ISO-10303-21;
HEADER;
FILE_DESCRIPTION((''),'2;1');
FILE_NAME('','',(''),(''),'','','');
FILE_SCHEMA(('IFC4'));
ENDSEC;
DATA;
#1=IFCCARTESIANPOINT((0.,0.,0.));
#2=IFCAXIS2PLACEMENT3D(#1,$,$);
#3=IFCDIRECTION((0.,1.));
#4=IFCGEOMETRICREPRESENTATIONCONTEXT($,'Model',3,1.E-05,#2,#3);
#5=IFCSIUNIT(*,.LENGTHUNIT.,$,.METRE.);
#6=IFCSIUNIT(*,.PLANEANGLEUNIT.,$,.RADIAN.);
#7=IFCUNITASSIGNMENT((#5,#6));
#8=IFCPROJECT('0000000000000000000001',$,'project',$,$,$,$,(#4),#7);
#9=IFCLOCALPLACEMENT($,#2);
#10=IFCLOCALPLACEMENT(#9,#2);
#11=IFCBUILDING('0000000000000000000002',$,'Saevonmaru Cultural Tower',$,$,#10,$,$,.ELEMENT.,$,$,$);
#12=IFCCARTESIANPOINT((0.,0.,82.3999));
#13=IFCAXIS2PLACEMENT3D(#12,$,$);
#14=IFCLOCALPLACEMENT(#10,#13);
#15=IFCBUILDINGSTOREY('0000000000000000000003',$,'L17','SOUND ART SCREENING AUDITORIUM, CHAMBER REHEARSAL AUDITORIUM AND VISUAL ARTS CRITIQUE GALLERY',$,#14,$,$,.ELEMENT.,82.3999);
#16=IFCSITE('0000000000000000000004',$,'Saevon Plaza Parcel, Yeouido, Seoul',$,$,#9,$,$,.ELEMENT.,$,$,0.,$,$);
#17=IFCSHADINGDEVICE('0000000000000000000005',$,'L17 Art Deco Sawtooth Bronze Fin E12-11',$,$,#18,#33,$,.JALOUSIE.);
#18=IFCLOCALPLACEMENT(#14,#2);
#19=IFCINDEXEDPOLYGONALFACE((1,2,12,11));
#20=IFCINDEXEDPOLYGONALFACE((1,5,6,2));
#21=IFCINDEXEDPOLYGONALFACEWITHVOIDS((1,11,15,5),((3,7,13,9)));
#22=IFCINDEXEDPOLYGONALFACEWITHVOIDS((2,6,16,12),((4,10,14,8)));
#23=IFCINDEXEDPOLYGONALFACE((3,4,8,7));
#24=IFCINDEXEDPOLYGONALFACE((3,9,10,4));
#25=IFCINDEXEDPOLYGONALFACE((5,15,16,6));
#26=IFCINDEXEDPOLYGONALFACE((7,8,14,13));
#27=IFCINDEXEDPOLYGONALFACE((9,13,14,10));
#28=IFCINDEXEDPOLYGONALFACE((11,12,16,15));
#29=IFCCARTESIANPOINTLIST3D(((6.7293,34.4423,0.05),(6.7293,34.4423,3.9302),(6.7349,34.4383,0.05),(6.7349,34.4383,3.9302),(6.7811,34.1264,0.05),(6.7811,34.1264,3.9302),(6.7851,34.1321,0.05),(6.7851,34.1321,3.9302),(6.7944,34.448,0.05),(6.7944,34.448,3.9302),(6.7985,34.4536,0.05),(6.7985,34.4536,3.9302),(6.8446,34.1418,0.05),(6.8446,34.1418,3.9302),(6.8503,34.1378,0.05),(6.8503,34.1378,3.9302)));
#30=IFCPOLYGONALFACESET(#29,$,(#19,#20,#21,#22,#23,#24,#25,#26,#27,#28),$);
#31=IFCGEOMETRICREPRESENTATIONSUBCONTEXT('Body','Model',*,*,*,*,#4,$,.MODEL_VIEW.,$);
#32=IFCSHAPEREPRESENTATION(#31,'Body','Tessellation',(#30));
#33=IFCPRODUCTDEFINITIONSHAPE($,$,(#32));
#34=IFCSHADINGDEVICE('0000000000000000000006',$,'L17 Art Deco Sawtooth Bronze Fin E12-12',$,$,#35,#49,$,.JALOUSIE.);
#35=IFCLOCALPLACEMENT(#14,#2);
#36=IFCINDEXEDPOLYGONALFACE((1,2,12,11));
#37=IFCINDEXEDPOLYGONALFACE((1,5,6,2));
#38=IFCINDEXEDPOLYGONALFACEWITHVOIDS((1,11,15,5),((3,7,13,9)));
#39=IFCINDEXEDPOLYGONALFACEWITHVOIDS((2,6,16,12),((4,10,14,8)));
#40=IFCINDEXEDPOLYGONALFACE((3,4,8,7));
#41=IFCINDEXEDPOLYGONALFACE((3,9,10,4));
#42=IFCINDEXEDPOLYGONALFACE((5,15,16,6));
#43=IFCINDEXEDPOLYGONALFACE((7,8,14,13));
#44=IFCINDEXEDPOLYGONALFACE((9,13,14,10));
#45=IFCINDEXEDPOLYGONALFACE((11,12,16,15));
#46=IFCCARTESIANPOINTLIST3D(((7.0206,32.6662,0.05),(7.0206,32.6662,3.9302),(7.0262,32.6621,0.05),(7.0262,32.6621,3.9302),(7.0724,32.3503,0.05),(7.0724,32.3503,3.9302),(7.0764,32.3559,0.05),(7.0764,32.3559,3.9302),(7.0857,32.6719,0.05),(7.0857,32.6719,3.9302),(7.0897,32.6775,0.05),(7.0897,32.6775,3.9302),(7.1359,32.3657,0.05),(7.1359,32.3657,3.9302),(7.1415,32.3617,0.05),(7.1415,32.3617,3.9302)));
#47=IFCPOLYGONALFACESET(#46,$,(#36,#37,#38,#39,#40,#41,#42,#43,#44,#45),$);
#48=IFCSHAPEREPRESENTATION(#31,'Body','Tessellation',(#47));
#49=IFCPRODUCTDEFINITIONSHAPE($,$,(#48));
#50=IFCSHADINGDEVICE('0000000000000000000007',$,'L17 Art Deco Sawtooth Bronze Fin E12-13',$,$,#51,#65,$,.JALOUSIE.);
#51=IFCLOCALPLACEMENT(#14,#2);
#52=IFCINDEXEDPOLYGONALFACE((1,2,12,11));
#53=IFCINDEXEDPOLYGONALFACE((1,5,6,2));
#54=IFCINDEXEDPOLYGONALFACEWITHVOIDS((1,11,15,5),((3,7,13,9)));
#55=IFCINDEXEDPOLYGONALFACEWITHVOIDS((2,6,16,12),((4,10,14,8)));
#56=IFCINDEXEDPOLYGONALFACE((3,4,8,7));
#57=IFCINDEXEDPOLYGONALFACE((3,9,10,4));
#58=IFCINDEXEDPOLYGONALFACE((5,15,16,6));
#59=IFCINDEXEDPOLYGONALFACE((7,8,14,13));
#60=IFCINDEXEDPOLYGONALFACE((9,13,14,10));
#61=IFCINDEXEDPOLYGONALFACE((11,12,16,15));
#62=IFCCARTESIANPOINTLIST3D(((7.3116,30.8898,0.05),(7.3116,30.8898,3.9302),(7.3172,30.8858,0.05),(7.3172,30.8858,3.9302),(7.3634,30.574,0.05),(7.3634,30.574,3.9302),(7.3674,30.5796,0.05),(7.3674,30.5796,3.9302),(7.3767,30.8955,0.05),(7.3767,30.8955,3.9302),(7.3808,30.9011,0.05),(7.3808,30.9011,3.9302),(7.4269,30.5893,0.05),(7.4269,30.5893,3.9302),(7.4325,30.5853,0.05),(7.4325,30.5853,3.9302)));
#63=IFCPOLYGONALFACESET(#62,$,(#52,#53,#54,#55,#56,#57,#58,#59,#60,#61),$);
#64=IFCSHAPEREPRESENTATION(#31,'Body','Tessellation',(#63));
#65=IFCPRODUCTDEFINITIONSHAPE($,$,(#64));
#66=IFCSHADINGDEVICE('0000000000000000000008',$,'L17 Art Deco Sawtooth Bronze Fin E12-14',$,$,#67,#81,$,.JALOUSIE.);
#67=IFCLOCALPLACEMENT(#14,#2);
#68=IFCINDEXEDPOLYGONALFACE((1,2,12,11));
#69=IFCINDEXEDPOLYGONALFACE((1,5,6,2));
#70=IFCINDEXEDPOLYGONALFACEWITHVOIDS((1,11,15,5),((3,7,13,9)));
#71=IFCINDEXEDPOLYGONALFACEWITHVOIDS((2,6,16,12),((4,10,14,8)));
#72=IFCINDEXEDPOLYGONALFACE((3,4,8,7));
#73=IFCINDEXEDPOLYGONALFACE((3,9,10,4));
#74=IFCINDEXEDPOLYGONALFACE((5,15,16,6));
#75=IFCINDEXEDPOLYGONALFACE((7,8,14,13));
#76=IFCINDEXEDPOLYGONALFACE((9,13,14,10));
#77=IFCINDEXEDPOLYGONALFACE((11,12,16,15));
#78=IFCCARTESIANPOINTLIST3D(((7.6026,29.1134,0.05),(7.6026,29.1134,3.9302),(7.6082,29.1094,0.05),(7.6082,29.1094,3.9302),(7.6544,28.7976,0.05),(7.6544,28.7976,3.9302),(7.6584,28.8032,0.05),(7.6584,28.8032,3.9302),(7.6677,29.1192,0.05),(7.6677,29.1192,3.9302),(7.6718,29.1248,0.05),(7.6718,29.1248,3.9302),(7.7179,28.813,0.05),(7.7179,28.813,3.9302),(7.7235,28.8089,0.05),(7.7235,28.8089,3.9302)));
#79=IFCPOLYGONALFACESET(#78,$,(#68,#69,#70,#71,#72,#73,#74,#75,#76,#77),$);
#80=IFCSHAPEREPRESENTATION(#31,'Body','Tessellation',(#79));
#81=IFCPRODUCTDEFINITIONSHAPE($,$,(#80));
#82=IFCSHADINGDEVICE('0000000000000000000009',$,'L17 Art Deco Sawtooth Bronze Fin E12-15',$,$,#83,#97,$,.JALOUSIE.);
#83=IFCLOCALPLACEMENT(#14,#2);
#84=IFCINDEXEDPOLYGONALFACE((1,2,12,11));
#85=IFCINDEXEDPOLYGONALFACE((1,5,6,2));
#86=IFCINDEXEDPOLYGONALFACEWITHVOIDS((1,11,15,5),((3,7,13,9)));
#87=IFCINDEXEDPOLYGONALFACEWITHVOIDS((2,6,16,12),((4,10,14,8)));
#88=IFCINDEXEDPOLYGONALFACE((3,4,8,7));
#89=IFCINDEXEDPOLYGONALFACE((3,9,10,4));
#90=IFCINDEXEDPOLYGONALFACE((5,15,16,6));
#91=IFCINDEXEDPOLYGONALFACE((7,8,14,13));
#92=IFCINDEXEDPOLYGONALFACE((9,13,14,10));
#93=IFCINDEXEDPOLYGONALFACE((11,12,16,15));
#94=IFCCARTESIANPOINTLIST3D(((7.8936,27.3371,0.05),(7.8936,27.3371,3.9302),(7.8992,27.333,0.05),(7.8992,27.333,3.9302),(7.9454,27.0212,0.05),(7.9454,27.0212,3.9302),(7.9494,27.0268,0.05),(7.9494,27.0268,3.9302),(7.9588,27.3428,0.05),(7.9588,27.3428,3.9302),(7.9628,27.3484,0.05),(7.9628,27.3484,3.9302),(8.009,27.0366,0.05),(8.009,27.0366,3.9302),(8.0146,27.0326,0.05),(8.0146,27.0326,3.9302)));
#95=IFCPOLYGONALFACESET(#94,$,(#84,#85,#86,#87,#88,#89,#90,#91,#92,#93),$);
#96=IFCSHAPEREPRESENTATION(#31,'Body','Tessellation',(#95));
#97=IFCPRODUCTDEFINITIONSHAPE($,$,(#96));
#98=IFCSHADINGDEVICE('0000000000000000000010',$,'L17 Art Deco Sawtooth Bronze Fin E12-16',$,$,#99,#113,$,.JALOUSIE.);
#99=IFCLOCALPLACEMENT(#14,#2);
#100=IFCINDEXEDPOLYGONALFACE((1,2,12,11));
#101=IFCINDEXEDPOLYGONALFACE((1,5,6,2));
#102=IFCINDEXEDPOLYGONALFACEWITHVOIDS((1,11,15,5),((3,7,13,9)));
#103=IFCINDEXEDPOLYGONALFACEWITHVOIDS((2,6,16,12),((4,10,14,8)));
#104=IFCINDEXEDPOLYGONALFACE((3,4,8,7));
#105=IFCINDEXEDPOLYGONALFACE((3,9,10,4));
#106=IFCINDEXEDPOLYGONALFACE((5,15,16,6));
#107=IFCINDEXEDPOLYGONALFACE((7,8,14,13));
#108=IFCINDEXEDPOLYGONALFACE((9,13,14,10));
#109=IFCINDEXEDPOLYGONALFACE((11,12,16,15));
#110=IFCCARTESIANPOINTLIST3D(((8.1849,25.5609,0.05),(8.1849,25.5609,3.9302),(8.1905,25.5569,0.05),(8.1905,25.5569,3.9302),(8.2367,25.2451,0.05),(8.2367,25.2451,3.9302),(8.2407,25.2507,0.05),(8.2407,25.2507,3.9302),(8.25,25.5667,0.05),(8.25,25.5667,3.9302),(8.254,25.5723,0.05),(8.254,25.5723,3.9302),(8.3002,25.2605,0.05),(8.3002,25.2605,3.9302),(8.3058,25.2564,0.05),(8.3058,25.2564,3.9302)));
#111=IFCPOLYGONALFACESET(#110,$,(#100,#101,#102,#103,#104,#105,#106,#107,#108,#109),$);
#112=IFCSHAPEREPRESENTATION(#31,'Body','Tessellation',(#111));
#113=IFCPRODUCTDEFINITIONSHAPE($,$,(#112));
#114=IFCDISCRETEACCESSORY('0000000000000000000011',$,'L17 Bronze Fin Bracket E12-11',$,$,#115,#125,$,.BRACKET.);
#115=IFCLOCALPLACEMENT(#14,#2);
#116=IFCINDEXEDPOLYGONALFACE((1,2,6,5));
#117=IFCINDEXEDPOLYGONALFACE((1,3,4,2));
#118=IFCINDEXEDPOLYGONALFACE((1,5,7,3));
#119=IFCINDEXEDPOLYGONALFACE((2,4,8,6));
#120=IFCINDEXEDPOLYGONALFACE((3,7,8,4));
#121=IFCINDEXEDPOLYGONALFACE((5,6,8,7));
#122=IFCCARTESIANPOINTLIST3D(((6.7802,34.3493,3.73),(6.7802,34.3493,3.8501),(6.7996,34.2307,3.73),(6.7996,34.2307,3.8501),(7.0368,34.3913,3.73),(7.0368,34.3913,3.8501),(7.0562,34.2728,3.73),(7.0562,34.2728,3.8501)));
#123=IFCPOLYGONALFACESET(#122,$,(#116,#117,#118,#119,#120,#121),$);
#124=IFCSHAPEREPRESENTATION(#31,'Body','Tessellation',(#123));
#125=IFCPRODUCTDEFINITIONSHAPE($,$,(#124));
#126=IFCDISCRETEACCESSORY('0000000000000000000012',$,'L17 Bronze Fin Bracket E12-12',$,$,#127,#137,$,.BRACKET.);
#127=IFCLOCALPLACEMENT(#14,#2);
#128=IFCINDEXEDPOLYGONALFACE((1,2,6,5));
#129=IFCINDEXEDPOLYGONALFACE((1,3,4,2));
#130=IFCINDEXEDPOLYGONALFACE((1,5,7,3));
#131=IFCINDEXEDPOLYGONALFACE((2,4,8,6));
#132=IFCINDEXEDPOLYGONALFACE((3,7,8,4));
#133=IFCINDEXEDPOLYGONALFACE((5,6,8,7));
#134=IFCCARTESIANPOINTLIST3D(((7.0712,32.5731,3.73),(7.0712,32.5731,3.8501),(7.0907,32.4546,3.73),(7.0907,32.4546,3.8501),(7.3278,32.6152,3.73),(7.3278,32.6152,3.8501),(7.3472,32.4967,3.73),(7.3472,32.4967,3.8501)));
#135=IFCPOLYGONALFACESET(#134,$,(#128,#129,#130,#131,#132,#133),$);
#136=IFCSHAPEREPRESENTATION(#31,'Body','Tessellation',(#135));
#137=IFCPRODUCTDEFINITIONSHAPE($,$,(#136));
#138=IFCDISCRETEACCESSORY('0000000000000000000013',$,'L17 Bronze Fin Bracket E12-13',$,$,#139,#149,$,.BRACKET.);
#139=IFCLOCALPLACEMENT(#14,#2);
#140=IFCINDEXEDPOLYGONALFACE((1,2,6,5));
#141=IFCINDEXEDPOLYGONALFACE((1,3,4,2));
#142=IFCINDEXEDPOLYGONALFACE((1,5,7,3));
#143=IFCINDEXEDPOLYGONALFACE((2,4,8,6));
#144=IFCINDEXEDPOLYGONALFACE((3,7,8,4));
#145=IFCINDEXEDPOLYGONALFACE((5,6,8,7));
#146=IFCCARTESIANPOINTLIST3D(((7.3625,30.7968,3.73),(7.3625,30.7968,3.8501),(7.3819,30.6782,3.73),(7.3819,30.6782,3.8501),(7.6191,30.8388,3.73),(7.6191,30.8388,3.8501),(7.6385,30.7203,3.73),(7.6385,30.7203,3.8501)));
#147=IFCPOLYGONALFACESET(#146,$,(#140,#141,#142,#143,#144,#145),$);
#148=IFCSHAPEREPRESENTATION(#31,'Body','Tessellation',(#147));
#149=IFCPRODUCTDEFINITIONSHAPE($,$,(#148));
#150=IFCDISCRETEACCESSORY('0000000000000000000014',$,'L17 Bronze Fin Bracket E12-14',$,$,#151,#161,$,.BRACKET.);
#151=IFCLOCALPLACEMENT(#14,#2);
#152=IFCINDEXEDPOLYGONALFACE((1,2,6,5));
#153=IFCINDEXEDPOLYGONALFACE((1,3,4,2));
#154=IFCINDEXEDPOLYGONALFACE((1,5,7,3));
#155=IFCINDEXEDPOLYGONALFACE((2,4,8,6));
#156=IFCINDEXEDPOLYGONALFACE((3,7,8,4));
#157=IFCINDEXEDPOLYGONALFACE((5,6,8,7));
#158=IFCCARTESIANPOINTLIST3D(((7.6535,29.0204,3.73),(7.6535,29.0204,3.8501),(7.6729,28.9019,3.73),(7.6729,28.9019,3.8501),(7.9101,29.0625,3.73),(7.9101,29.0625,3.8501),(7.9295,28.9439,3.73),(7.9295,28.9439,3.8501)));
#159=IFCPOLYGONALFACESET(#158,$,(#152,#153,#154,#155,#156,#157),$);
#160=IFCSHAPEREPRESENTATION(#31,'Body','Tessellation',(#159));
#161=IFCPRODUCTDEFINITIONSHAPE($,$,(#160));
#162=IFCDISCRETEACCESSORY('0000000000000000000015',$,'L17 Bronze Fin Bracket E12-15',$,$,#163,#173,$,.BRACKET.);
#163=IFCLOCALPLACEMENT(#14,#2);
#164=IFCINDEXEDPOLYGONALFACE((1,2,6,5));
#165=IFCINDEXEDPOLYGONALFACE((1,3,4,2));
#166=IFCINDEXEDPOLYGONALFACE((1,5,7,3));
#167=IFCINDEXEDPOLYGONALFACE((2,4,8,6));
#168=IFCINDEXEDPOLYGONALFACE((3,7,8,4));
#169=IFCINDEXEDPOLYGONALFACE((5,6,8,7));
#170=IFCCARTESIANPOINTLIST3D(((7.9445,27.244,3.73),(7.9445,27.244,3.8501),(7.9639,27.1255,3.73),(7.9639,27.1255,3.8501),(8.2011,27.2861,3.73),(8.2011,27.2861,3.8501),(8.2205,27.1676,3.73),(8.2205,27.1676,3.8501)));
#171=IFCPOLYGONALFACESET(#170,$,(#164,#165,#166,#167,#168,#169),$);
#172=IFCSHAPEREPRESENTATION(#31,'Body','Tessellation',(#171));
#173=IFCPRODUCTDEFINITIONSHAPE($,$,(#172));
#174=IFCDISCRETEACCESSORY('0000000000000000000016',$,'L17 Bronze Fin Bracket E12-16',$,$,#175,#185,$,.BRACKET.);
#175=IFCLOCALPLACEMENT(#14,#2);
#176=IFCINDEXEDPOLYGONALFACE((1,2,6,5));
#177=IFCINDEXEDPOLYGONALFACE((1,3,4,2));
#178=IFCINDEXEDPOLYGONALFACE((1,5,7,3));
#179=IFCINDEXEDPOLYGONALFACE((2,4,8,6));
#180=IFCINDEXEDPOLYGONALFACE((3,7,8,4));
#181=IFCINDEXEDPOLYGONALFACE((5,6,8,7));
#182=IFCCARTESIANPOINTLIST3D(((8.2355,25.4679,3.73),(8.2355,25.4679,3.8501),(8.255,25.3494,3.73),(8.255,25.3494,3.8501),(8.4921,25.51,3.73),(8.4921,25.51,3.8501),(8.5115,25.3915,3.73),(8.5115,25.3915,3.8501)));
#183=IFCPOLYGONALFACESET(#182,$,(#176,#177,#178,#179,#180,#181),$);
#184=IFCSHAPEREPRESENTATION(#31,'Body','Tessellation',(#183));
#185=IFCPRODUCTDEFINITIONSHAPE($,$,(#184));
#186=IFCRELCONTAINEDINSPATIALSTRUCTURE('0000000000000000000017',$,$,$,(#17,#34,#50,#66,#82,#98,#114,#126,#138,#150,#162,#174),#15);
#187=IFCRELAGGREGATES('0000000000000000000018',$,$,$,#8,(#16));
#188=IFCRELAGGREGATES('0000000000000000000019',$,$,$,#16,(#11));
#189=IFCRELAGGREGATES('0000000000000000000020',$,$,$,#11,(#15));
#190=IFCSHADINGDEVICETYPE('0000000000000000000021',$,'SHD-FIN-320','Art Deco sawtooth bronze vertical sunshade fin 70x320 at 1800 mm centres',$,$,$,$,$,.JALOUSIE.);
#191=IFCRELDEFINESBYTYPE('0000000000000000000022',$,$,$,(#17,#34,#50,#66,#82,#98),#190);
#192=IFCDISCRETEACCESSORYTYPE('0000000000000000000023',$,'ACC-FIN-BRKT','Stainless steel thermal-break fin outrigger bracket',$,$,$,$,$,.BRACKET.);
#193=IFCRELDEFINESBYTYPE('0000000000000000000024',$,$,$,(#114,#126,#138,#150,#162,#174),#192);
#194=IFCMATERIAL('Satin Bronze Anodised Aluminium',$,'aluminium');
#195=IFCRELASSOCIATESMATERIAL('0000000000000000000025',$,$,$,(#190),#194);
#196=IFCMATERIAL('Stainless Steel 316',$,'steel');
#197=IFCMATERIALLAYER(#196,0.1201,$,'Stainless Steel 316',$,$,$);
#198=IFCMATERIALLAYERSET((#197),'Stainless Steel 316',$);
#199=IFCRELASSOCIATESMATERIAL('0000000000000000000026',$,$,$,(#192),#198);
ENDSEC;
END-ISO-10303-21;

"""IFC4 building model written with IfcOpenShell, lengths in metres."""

from ifc_helpers import new_model, si_unit, direction, frame, origin, origin_2d, place, context, subcontext, project, spatial, rectangle, hollow_rectangle, extrude, material, layer, layer_set, material_profile, profile_set, type_object, element, save


model = new_model("IFC4")

# Units and contexts
model_context = context("Model", 3, precision=1e-05, world=origin(), true_north=direction((0.0, 1.0)))
body_context = subcontext(model_context, "Body", "Model", "MODEL_VIEW")
ifc_project = project(units=[si_unit("LENGTHUNIT", "METRE"), si_unit("PLANEANGLEUNIT", "RADIAN")], contexts=[model_context])

# Site, building, storey
site_placement = place(None, origin())
site = spatial("IfcSite", under=ifc_project, at=site_placement, Name="Saevon Plaza Parcel, Yeouido, Seoul", CompositionType="ELEMENT", RefElevation=0.0)
building_placement = place(site_placement, origin())
building = spatial("IfcBuilding", under=site, at=building_placement, Name="Saevonmaru Cultural Tower", CompositionType="ELEMENT")
storey_placement = place(building_placement, frame((0.0, 0.0, 82.3999)))
storey = spatial("IfcBuildingStorey", under=building, at=storey_placement, Name="L17", Description="SOUND ART SCREENING AUDITORIUM, CHAMBER REHEARSAL AUDITORIUM AND VISUAL ARTS CRITIQUE GALLERY", CompositionType="ELEMENT", Elevation=82.3999)

# Shared definitions
ifc_material_1 = material(Name="Satin Bronze Anodised Aluminium", Category="aluminium")

# Shading devices
ifc_material_profile_1 = material_profile(ifc_material_1, hollow_rectangle(XDim=0.0701, YDim=0.3201, WallThickness=0.0049, at=origin_2d()), Name="FIN-320x70")
ifc_profile_set_1 = profile_set([ifc_material_profile_1], Name="Satin Bronze Anodised Aluminium")
shading_device_type = type_object("IfcShadingDeviceType", Name="SHD-FIN-320", Description="Art Deco sawtooth bronze vertical sunshade fin 70x320 at 1800 mm centres", PredefinedType="JALOUSIE", material=ifc_profile_set_1)
for number, where, z_axis, x_axis, name in (
    (1, (6.7898, 34.29, 0.05), (0.0, 0.0, 1.0), (-0.986827, -0.161776, 0.0), "L17 Art Deco Sawtooth Bronze Fin E12-11"),
    (2, (7.0811, 32.5139, 0.05), (0.0, 0.0, 1.0), (-0.986827, -0.161776, 0.0), "L17 Art Deco Sawtooth Bronze Fin E12-12"),
    (3, (7.3721, 30.7375, 0.05), (0.0, 0.0, 1.0), (-0.986827, -0.161776, 0.0), "L17 Art Deco Sawtooth Bronze Fin E12-13"),
    (4, (7.6631, 28.9612, 0.05), (0.0, 0.0, 1.0), (-0.986827, -0.161776, 0.0), "L17 Art Deco Sawtooth Bronze Fin E12-14"),
    (5, (7.9541, 27.1848, 0.05), (0.0, 0.0, 1.0), (-0.986827, -0.161776, 0.0), "L17 Art Deco Sawtooth Bronze Fin E12-15"),
    (6, (8.2454, 25.4087, 0.05), (0.0, 0.0, 1.0), (-0.986827, -0.161776, 0.0), "L17 Art Deco Sawtooth Bronze Fin E12-16"),
):
    element("IfcShadingDevice", number, at=place(storey_placement, frame(where, z_axis=z_axis, x_axis=x_axis)), inside=storey, type_object=shading_device_type, Name=name, PredefinedType="JALOUSIE", context=body_context, shape_type="SweptSolid", body=[
        extrude(hollow_rectangle(XDim=0.0701, YDim=0.3201, WallThickness=0.0049, at=origin_2d()), origin(), (0.0, 0.0, 1.0), 3.8801),
    ])

# Discrete accessories
ifc_material_2 = material(Name="Stainless Steel 316", Category="steel")
ifc_layer_1 = layer(ifc_material_2, 0.1201, Name="Stainless Steel 316")
ifc_layer_set_1 = layer_set([ifc_layer_1], Name="Stainless Steel 316")
discrete_accessory_type = type_object("IfcDiscreteAccessoryType", Name="ACC-FIN-BRKT", Description="Stainless steel thermal-break fin outrigger bracket", PredefinedType="BRACKET", material=ifc_layer_set_1)
for number, where, z_axis, x_axis, name in (
    (7, (6.9182, 34.311, 3.73), (0.0, 0.0, 1.0), (-0.986827, -0.161776, 0.0), "L17 Bronze Fin Bracket E12-11"),
    (8, (7.2092, 32.5349, 3.73), (0.0, 0.0, 1.0), (-0.986827, -0.161776, 0.0), "L17 Bronze Fin Bracket E12-12"),
    (9, (7.5005, 30.7585, 3.73), (0.0, 0.0, 1.0), (-0.986827, -0.161776, 0.0), "L17 Bronze Fin Bracket E12-13"),
    (10, (7.7915, 28.9822, 3.73), (0.0, 0.0, 1.0), (-0.986827, -0.161776, 0.0), "L17 Bronze Fin Bracket E12-14"),
    (11, (8.0825, 27.2058, 3.73), (0.0, 0.0, 1.0), (-0.986827, -0.161776, 0.0), "L17 Bronze Fin Bracket E12-15"),
    (12, (8.3735, 25.4297, 3.73), (0.0, 0.0, 1.0), (-0.986827, -0.161776, 0.0), "L17 Bronze Fin Bracket E12-16"),
):
    element("IfcDiscreteAccessory", number, at=place(storey_placement, frame(where, z_axis=z_axis, x_axis=x_axis)), inside=storey, type_object=discrete_accessory_type, Name=name, PredefinedType="BRACKET", context=body_context, shape_type="SweptSolid", body=[
        extrude(rectangle(XDim=0.26, YDim=0.1201, at=origin_2d()), origin(), (0.0, 0.0, 1.0), 0.1201),
    ])

save(model, "model.ifc")
